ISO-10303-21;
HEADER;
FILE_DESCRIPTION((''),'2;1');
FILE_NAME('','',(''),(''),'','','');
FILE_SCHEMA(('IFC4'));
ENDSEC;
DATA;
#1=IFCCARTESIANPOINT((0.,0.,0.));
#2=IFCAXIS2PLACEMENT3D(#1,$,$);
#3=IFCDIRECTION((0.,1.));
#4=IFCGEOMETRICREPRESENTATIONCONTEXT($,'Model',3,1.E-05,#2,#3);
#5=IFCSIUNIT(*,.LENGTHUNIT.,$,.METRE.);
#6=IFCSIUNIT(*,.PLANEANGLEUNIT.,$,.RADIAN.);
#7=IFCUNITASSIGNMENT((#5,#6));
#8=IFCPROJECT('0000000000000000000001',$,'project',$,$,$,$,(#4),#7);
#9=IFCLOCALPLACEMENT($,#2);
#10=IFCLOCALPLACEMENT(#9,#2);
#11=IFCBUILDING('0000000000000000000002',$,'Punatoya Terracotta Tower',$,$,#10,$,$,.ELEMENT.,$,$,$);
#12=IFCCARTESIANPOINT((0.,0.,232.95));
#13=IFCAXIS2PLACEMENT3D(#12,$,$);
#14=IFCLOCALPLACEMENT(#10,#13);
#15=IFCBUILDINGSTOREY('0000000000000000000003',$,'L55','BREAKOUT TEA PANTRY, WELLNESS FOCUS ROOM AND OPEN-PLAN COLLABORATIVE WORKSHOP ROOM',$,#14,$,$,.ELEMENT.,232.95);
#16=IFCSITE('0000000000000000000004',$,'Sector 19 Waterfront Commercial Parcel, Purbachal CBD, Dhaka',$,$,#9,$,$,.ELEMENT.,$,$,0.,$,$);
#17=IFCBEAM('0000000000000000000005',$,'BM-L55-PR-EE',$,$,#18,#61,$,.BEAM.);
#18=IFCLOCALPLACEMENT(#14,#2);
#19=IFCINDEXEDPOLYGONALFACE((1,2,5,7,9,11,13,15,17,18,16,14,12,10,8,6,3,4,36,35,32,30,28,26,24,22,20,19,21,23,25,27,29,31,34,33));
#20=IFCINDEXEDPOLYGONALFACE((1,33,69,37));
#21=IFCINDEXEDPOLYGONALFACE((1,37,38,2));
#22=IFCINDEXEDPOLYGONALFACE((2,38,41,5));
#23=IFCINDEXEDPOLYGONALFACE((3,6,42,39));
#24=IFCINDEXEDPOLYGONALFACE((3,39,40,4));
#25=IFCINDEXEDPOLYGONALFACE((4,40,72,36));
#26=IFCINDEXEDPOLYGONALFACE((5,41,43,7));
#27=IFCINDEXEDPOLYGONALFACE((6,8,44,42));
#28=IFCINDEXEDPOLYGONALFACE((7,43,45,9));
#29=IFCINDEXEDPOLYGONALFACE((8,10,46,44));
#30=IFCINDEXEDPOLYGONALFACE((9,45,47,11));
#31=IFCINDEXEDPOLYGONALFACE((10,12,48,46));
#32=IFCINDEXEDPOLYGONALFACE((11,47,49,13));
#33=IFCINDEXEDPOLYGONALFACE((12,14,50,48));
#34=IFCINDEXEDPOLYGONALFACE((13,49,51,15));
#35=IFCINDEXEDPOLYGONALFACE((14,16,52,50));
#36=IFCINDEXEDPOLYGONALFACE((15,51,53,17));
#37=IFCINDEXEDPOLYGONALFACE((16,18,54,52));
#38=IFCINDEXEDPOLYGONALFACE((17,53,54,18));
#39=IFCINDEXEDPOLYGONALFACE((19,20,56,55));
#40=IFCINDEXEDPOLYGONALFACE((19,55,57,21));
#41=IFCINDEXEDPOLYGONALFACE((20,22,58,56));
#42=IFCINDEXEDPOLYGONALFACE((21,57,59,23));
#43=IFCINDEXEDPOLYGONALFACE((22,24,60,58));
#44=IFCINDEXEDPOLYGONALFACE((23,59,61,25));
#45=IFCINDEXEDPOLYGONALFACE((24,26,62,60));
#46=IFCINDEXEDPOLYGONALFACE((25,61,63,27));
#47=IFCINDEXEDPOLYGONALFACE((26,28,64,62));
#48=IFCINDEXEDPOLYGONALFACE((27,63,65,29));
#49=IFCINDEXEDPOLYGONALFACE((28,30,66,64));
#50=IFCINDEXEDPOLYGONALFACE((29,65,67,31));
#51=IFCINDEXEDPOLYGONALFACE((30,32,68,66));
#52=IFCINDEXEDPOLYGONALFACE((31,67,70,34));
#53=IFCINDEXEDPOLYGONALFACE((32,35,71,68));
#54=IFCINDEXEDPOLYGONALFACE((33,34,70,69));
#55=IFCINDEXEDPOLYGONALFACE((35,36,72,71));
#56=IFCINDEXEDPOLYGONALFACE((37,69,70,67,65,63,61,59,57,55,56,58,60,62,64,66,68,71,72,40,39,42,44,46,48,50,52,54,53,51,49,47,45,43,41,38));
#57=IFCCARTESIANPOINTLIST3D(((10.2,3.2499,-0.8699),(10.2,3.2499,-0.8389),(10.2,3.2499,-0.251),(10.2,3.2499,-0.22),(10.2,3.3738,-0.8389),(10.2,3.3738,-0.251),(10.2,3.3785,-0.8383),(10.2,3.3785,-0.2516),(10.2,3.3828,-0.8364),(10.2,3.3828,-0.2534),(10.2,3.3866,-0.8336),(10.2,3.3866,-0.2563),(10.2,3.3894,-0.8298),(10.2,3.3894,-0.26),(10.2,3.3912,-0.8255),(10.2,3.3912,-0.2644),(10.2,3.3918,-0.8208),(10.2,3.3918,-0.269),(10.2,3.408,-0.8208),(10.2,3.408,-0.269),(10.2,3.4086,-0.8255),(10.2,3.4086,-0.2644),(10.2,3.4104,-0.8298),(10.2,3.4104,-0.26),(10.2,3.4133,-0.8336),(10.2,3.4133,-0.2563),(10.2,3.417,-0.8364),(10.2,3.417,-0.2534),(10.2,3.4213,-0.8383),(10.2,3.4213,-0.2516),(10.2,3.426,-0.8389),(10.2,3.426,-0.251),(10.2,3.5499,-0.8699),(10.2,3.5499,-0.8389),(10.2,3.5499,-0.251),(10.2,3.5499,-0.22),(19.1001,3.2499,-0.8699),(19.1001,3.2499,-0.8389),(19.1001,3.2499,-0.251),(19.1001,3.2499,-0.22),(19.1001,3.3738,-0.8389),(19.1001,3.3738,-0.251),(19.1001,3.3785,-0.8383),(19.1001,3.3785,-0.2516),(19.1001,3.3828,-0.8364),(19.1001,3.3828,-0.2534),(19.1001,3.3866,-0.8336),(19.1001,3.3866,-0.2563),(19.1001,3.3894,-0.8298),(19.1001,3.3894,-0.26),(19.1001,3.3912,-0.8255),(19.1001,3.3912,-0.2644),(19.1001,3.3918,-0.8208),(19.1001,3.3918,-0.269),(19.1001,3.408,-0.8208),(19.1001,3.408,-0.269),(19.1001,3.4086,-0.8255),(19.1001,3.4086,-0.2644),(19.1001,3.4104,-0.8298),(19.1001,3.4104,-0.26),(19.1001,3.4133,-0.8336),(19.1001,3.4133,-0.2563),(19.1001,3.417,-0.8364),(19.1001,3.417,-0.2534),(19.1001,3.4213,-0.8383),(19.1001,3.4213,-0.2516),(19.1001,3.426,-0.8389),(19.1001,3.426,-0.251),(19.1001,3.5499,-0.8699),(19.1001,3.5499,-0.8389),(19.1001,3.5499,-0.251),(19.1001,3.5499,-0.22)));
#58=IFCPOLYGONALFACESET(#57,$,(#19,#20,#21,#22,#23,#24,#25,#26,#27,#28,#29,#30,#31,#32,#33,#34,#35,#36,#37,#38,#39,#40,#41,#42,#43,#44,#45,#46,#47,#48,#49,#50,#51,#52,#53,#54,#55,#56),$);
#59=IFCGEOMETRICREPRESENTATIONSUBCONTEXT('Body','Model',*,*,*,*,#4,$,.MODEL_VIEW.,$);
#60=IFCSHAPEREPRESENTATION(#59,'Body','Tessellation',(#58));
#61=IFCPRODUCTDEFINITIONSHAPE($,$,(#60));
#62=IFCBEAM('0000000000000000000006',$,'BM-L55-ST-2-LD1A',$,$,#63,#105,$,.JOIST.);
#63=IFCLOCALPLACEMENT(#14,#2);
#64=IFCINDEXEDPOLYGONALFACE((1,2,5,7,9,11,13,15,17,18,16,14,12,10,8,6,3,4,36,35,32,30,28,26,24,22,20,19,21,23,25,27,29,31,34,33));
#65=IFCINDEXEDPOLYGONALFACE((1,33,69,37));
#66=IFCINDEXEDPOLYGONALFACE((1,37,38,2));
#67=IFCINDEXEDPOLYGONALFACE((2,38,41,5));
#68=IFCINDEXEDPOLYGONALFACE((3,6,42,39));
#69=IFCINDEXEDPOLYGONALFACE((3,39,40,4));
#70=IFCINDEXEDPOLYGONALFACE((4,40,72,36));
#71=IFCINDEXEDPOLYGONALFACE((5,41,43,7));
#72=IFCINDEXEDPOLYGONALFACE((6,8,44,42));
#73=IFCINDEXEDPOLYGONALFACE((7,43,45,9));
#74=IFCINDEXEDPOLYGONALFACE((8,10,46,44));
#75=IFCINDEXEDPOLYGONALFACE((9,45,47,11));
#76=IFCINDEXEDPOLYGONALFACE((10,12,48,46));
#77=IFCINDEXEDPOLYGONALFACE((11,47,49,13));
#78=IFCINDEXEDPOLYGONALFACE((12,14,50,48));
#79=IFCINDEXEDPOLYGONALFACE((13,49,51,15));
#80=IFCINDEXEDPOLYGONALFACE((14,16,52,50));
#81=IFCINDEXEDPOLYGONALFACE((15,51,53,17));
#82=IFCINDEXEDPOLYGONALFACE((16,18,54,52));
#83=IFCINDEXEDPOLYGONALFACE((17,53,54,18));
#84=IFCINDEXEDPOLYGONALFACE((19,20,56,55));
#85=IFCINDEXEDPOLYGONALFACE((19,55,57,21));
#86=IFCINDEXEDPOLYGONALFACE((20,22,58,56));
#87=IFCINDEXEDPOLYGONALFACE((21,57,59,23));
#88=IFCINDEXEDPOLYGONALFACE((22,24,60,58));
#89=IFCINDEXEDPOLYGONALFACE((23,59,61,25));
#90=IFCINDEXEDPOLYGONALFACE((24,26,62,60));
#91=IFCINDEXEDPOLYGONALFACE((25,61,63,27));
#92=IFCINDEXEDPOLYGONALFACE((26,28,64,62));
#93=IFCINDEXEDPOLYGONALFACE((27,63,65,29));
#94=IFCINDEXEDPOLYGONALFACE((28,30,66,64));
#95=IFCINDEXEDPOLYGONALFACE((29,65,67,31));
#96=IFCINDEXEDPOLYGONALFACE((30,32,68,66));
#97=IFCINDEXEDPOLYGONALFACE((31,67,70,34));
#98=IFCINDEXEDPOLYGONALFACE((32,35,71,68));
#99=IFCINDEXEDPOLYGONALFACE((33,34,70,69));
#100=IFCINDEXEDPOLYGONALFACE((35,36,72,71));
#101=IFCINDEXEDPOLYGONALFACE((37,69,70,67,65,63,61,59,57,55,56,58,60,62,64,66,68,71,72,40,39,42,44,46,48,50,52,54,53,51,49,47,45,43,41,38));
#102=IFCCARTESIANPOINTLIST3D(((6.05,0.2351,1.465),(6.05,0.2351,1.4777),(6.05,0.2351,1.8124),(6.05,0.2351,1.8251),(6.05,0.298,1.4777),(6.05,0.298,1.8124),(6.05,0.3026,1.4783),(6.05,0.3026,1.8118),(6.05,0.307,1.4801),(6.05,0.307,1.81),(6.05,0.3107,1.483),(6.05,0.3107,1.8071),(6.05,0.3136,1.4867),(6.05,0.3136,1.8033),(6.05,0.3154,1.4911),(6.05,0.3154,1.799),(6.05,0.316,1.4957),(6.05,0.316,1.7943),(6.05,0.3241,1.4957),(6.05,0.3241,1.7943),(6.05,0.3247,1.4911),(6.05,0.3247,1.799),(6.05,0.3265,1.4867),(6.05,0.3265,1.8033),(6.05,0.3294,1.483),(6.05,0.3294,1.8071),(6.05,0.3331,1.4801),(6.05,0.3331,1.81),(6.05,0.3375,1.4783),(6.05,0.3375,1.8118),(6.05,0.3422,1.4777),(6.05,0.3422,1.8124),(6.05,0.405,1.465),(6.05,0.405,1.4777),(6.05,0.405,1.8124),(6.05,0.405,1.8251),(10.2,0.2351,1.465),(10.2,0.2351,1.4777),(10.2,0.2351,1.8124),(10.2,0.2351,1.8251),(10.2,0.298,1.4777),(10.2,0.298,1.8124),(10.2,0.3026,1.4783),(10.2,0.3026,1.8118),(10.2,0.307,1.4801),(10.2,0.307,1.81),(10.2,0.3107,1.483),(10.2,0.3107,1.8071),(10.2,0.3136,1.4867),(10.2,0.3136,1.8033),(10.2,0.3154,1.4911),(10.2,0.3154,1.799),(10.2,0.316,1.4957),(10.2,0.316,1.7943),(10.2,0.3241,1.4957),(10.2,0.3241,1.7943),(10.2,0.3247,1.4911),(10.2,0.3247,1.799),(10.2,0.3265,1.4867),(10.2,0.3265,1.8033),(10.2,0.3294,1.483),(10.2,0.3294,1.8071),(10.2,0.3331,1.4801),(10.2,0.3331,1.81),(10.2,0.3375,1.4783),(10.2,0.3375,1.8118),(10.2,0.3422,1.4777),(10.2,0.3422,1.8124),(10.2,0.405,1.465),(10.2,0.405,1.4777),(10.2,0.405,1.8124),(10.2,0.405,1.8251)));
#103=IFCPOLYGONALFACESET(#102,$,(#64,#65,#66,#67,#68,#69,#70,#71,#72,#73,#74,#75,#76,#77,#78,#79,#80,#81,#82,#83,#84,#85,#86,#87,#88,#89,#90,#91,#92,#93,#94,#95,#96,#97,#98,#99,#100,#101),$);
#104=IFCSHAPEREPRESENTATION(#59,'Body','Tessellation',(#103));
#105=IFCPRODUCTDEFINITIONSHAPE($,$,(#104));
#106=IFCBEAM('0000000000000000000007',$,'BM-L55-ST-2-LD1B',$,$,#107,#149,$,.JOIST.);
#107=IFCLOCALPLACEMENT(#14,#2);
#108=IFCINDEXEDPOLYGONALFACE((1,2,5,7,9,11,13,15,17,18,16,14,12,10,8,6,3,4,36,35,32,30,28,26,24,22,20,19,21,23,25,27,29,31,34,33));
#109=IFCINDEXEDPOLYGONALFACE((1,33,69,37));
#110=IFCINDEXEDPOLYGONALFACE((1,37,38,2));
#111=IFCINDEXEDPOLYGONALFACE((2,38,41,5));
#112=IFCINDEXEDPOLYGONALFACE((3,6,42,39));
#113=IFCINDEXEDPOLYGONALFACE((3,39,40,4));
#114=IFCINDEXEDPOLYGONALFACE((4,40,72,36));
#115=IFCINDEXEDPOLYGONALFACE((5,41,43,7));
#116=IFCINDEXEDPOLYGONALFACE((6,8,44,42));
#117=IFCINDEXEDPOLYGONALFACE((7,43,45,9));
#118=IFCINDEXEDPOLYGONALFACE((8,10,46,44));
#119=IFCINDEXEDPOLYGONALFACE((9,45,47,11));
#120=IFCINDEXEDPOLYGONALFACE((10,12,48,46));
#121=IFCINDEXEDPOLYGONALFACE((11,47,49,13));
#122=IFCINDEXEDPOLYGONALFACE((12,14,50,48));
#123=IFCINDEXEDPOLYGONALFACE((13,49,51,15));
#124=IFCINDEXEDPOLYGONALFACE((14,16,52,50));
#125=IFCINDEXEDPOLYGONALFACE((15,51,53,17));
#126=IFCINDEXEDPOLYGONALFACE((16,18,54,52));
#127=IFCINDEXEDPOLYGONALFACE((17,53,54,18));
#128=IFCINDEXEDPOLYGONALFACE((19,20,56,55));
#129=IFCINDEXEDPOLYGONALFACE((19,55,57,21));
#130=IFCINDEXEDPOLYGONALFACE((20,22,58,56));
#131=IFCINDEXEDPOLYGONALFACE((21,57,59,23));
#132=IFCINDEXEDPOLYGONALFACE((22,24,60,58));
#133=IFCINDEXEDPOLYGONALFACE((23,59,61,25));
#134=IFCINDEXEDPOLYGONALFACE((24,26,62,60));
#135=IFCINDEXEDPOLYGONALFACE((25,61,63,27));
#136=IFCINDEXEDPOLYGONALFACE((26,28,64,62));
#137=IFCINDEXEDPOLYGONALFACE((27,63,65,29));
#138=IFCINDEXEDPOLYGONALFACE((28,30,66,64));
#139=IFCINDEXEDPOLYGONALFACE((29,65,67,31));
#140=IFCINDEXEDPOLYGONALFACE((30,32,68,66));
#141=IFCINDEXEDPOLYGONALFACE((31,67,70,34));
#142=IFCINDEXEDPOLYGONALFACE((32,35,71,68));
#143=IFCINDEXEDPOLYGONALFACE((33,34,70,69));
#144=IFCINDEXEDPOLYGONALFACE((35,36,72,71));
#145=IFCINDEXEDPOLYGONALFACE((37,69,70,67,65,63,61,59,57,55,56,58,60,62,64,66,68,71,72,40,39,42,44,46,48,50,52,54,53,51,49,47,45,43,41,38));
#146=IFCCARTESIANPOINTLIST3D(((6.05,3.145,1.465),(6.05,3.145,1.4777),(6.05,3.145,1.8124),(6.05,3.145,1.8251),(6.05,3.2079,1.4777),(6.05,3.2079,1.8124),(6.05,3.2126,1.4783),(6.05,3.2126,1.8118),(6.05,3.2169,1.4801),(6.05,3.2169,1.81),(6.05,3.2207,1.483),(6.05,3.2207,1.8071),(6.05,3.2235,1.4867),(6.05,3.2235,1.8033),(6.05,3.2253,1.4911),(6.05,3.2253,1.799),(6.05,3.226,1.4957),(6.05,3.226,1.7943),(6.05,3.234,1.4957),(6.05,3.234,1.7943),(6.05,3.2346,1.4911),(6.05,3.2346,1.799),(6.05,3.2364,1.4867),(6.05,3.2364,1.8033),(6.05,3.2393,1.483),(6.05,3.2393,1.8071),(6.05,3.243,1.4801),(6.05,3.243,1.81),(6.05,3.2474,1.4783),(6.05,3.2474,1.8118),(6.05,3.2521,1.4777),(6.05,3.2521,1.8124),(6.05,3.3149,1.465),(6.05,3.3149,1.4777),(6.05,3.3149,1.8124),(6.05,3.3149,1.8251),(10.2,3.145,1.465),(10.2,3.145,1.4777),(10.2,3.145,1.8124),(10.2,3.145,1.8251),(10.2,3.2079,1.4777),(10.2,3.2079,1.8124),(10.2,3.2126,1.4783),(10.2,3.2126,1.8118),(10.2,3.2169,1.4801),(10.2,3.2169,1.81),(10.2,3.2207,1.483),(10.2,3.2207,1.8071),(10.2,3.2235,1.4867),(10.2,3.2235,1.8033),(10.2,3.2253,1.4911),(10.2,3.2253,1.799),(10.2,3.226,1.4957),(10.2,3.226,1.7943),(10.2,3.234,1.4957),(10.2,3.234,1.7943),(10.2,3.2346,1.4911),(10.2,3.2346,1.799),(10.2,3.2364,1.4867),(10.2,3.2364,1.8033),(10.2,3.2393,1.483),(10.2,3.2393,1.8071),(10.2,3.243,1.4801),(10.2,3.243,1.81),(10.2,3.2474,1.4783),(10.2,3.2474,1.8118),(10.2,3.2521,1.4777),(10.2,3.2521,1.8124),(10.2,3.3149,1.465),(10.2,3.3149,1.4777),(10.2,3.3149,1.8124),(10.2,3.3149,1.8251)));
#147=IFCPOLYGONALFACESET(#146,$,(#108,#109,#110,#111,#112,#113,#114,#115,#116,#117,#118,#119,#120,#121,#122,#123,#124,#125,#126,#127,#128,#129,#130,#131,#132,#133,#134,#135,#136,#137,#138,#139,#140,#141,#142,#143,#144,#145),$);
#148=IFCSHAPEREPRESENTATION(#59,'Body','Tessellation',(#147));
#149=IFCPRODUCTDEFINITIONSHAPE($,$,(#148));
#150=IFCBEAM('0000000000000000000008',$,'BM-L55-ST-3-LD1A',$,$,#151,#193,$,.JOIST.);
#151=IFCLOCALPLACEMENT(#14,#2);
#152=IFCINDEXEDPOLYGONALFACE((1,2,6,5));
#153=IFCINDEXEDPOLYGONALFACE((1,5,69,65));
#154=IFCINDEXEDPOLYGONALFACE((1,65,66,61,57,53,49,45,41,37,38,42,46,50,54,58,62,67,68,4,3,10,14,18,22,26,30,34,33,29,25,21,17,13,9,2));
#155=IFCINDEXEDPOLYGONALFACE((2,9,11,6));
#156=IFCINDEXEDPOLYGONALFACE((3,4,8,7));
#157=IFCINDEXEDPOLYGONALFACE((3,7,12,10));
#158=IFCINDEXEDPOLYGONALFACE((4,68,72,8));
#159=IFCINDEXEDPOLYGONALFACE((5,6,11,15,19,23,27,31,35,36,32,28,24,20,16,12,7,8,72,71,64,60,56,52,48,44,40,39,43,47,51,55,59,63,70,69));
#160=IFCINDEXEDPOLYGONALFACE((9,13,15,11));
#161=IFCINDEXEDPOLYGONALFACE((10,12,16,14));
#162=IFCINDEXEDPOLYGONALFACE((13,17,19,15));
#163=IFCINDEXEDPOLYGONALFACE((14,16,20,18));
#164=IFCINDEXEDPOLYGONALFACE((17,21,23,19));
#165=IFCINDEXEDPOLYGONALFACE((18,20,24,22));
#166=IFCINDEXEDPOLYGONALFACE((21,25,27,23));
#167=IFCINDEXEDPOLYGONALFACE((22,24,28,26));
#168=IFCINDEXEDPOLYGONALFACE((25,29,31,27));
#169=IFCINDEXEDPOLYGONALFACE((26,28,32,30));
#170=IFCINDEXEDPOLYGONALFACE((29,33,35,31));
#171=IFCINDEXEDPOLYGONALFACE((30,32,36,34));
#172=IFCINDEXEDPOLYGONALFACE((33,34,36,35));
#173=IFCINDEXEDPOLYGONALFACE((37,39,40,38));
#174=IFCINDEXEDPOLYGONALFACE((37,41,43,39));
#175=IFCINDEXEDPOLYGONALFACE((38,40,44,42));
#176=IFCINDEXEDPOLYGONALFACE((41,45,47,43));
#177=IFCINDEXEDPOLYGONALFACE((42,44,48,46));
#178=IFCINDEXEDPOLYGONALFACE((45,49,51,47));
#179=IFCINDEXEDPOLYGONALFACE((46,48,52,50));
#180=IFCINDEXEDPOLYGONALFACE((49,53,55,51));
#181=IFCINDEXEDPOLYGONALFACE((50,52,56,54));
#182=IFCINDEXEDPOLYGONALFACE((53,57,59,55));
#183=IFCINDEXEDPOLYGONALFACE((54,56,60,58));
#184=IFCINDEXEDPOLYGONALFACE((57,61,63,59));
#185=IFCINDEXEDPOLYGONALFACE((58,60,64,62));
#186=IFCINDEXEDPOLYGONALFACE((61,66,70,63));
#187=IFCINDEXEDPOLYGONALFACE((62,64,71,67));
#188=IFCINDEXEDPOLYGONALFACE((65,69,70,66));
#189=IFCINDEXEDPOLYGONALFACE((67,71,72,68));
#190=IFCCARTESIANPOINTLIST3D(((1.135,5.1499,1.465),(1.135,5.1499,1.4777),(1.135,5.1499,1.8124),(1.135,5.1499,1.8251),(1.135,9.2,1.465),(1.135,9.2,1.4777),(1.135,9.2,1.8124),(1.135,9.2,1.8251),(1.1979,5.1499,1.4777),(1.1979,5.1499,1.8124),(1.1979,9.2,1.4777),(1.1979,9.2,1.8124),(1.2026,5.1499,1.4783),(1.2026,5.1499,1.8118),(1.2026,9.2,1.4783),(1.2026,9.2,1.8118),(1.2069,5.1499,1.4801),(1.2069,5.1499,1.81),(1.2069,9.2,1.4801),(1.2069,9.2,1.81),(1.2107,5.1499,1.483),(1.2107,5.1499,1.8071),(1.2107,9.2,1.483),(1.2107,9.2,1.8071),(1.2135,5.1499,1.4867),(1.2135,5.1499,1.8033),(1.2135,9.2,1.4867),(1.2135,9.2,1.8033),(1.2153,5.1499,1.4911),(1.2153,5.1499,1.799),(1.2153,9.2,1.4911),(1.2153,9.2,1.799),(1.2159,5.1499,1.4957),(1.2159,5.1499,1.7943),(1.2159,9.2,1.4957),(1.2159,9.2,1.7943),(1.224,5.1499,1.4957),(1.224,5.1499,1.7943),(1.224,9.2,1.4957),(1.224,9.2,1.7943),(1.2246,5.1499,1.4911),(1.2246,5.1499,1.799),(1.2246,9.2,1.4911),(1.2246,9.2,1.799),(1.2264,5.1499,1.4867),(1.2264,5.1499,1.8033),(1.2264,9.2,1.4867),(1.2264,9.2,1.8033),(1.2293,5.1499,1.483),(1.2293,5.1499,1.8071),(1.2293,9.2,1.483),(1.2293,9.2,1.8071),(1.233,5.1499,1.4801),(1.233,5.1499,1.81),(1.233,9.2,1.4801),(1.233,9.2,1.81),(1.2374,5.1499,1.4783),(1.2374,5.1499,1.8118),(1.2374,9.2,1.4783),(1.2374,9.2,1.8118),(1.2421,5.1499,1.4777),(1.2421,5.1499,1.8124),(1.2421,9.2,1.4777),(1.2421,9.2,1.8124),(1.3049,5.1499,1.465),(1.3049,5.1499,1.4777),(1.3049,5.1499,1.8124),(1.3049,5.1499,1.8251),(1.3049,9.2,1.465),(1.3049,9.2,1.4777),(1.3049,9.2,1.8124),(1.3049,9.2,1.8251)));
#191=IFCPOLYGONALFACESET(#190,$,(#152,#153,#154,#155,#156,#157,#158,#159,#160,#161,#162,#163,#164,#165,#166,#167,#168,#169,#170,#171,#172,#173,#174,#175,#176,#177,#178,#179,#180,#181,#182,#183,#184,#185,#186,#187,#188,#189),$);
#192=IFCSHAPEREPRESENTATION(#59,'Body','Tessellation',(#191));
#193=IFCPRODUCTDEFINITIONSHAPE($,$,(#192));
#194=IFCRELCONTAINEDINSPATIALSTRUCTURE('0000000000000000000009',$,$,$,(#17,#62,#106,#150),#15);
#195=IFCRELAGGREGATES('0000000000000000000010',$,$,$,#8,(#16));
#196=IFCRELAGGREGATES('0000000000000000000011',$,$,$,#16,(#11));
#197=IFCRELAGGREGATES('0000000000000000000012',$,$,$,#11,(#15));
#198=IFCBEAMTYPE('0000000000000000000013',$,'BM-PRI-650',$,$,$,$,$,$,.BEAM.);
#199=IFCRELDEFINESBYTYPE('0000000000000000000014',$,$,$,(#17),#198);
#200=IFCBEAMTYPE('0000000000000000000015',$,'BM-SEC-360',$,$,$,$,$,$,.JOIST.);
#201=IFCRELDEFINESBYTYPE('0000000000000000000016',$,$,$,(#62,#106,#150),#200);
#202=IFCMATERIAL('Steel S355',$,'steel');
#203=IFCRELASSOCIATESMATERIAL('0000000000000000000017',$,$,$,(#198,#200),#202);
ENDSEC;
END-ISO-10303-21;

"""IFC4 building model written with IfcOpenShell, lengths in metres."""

from ifc_helpers import new_model, si_unit, direction, frame, origin, origin_2d, place, context, subcontext, project, spatial, i_section, extrude, material, material_profile, profile_set, type_object, element, save


model = new_model("IFC4")

# Units and contexts
model_context = context("Model", 3, precision=1e-05, world=origin(), true_north=direction((0.0, 1.0)))
body_context = subcontext(model_context, "Body", "Model", "MODEL_VIEW")
ifc_project = project(units=[si_unit("LENGTHUNIT", "METRE"), si_unit("PLANEANGLEUNIT", "RADIAN")], contexts=[model_context])

# Site, building, storey
site_placement = place(None, origin())
site = spatial("IfcSite", under=ifc_project, at=site_placement, Name="Sector 19 Waterfront Commercial Parcel, Purbachal CBD, Dhaka", CompositionType="ELEMENT", RefElevation=0.0)
building_placement = place(site_placement, origin())
building = spatial("IfcBuilding", under=site, at=building_placement, Name="Punatoya Terracotta Tower", CompositionType="ELEMENT")
storey_placement = place(building_placement, frame((0.0, 0.0, 232.95)))
storey = spatial("IfcBuildingStorey", under=building, at=storey_placement, Name="L55", Description="BREAKOUT TEA PANTRY, WELLNESS FOCUS ROOM AND OPEN-PLAN COLLABORATIVE WORKSHOP ROOM", CompositionType="ELEMENT", Elevation=232.95)

# Beams
ifc_material_1 = material(Name="Steel S355", Category="steel")
ifc_material_profile_1 = material_profile(ifc_material_1, i_section(OverallWidth=0.3, OverallDepth=0.6499, WebThickness=0.0161, FlangeThickness=0.031, FilletRadius=0.0181, at=origin_2d()))
ifc_profile_set_1 = profile_set([ifc_material_profile_1], Name="Steel S355")
beam_type_1 = type_object("IfcBeamType", Name="BM-PRI-650", PredefinedType="BEAM", material=ifc_profile_set_1)
beam_placement = place(storey_placement, frame((10.2, 3.3999, -0.5449), z_axis=(1.0, 0.0, 0.0), x_axis=(0.0, 1.0, 0.0)))
element("IfcBeam", 1, at=beam_placement, inside=storey, type_object=beam_type_1, Name="BM-L55-PR-EE", PredefinedType="BEAM", context=body_context, shape_type="SweptSolid", body=[
    extrude(i_section(OverallWidth=0.3, OverallDepth=0.6499, WebThickness=0.0161, FlangeThickness=0.031, FilletRadius=0.0181, at=origin_2d()), origin(), (0.0, 0.0, 1.0), 8.9001),
])
ifc_material_profile_2 = material_profile(ifc_material_1, i_section(OverallWidth=0.1699, OverallDepth=0.3601, WebThickness=0.0081, FlangeThickness=0.0127, FilletRadius=0.0181, at=origin_2d()))
ifc_profile_set_2 = profile_set([ifc_material_profile_2], Name="Steel S355")
beam_type_2 = type_object("IfcBeamType", Name="BM-SEC-360", PredefinedType="JOIST", material=ifc_profile_set_2)
for number, where, z_axis, x_axis, name in (
    (2, (6.05, 0.3201, 1.645), (1.0, 0.0, 0.0), (0.0, 1.0, 0.0), "BM-L55-ST-2-LD1A"),
    (3, (6.05, 3.23, 1.645), (1.0, 0.0, 0.0), (0.0, 1.0, 0.0), "BM-L55-ST-2-LD1B"),
):
    element("IfcBeam", number, at=place(storey_placement, frame(where, z_axis=z_axis, x_axis=x_axis)), inside=storey, type_object=beam_type_2, Name=name, PredefinedType="JOIST", context=body_context, shape_type="SweptSolid", body=[
        extrude(i_section(OverallWidth=0.1699, OverallDepth=0.3601, WebThickness=0.0081, FlangeThickness=0.0127, FilletRadius=0.0181, at=origin_2d()), origin(), (0.0, 0.0, 1.0), 4.1499),
    ])
for number, where, z_axis, x_axis, name in (
    (4, (1.22, 5.1499, 1.645), (0.0, 1.0, 0.0), (-1.0, 0.0, 0.0), "BM-L55-ST-3-LD1A"),
):
    element("IfcBeam", number, at=place(storey_placement, frame(where, z_axis=z_axis, x_axis=x_axis)), inside=storey, type_object=beam_type_2, Name=name, PredefinedType="JOIST", context=body_context, shape_type="SweptSolid", body=[
        extrude(i_section(OverallWidth=0.1699, OverallDepth=0.3601, WebThickness=0.0081, FlangeThickness=0.0127, FilletRadius=0.0181, at=origin_2d()), origin(), (0.0, 0.0, 1.0), 4.05),
    ])

save(model, "model.ifc")
